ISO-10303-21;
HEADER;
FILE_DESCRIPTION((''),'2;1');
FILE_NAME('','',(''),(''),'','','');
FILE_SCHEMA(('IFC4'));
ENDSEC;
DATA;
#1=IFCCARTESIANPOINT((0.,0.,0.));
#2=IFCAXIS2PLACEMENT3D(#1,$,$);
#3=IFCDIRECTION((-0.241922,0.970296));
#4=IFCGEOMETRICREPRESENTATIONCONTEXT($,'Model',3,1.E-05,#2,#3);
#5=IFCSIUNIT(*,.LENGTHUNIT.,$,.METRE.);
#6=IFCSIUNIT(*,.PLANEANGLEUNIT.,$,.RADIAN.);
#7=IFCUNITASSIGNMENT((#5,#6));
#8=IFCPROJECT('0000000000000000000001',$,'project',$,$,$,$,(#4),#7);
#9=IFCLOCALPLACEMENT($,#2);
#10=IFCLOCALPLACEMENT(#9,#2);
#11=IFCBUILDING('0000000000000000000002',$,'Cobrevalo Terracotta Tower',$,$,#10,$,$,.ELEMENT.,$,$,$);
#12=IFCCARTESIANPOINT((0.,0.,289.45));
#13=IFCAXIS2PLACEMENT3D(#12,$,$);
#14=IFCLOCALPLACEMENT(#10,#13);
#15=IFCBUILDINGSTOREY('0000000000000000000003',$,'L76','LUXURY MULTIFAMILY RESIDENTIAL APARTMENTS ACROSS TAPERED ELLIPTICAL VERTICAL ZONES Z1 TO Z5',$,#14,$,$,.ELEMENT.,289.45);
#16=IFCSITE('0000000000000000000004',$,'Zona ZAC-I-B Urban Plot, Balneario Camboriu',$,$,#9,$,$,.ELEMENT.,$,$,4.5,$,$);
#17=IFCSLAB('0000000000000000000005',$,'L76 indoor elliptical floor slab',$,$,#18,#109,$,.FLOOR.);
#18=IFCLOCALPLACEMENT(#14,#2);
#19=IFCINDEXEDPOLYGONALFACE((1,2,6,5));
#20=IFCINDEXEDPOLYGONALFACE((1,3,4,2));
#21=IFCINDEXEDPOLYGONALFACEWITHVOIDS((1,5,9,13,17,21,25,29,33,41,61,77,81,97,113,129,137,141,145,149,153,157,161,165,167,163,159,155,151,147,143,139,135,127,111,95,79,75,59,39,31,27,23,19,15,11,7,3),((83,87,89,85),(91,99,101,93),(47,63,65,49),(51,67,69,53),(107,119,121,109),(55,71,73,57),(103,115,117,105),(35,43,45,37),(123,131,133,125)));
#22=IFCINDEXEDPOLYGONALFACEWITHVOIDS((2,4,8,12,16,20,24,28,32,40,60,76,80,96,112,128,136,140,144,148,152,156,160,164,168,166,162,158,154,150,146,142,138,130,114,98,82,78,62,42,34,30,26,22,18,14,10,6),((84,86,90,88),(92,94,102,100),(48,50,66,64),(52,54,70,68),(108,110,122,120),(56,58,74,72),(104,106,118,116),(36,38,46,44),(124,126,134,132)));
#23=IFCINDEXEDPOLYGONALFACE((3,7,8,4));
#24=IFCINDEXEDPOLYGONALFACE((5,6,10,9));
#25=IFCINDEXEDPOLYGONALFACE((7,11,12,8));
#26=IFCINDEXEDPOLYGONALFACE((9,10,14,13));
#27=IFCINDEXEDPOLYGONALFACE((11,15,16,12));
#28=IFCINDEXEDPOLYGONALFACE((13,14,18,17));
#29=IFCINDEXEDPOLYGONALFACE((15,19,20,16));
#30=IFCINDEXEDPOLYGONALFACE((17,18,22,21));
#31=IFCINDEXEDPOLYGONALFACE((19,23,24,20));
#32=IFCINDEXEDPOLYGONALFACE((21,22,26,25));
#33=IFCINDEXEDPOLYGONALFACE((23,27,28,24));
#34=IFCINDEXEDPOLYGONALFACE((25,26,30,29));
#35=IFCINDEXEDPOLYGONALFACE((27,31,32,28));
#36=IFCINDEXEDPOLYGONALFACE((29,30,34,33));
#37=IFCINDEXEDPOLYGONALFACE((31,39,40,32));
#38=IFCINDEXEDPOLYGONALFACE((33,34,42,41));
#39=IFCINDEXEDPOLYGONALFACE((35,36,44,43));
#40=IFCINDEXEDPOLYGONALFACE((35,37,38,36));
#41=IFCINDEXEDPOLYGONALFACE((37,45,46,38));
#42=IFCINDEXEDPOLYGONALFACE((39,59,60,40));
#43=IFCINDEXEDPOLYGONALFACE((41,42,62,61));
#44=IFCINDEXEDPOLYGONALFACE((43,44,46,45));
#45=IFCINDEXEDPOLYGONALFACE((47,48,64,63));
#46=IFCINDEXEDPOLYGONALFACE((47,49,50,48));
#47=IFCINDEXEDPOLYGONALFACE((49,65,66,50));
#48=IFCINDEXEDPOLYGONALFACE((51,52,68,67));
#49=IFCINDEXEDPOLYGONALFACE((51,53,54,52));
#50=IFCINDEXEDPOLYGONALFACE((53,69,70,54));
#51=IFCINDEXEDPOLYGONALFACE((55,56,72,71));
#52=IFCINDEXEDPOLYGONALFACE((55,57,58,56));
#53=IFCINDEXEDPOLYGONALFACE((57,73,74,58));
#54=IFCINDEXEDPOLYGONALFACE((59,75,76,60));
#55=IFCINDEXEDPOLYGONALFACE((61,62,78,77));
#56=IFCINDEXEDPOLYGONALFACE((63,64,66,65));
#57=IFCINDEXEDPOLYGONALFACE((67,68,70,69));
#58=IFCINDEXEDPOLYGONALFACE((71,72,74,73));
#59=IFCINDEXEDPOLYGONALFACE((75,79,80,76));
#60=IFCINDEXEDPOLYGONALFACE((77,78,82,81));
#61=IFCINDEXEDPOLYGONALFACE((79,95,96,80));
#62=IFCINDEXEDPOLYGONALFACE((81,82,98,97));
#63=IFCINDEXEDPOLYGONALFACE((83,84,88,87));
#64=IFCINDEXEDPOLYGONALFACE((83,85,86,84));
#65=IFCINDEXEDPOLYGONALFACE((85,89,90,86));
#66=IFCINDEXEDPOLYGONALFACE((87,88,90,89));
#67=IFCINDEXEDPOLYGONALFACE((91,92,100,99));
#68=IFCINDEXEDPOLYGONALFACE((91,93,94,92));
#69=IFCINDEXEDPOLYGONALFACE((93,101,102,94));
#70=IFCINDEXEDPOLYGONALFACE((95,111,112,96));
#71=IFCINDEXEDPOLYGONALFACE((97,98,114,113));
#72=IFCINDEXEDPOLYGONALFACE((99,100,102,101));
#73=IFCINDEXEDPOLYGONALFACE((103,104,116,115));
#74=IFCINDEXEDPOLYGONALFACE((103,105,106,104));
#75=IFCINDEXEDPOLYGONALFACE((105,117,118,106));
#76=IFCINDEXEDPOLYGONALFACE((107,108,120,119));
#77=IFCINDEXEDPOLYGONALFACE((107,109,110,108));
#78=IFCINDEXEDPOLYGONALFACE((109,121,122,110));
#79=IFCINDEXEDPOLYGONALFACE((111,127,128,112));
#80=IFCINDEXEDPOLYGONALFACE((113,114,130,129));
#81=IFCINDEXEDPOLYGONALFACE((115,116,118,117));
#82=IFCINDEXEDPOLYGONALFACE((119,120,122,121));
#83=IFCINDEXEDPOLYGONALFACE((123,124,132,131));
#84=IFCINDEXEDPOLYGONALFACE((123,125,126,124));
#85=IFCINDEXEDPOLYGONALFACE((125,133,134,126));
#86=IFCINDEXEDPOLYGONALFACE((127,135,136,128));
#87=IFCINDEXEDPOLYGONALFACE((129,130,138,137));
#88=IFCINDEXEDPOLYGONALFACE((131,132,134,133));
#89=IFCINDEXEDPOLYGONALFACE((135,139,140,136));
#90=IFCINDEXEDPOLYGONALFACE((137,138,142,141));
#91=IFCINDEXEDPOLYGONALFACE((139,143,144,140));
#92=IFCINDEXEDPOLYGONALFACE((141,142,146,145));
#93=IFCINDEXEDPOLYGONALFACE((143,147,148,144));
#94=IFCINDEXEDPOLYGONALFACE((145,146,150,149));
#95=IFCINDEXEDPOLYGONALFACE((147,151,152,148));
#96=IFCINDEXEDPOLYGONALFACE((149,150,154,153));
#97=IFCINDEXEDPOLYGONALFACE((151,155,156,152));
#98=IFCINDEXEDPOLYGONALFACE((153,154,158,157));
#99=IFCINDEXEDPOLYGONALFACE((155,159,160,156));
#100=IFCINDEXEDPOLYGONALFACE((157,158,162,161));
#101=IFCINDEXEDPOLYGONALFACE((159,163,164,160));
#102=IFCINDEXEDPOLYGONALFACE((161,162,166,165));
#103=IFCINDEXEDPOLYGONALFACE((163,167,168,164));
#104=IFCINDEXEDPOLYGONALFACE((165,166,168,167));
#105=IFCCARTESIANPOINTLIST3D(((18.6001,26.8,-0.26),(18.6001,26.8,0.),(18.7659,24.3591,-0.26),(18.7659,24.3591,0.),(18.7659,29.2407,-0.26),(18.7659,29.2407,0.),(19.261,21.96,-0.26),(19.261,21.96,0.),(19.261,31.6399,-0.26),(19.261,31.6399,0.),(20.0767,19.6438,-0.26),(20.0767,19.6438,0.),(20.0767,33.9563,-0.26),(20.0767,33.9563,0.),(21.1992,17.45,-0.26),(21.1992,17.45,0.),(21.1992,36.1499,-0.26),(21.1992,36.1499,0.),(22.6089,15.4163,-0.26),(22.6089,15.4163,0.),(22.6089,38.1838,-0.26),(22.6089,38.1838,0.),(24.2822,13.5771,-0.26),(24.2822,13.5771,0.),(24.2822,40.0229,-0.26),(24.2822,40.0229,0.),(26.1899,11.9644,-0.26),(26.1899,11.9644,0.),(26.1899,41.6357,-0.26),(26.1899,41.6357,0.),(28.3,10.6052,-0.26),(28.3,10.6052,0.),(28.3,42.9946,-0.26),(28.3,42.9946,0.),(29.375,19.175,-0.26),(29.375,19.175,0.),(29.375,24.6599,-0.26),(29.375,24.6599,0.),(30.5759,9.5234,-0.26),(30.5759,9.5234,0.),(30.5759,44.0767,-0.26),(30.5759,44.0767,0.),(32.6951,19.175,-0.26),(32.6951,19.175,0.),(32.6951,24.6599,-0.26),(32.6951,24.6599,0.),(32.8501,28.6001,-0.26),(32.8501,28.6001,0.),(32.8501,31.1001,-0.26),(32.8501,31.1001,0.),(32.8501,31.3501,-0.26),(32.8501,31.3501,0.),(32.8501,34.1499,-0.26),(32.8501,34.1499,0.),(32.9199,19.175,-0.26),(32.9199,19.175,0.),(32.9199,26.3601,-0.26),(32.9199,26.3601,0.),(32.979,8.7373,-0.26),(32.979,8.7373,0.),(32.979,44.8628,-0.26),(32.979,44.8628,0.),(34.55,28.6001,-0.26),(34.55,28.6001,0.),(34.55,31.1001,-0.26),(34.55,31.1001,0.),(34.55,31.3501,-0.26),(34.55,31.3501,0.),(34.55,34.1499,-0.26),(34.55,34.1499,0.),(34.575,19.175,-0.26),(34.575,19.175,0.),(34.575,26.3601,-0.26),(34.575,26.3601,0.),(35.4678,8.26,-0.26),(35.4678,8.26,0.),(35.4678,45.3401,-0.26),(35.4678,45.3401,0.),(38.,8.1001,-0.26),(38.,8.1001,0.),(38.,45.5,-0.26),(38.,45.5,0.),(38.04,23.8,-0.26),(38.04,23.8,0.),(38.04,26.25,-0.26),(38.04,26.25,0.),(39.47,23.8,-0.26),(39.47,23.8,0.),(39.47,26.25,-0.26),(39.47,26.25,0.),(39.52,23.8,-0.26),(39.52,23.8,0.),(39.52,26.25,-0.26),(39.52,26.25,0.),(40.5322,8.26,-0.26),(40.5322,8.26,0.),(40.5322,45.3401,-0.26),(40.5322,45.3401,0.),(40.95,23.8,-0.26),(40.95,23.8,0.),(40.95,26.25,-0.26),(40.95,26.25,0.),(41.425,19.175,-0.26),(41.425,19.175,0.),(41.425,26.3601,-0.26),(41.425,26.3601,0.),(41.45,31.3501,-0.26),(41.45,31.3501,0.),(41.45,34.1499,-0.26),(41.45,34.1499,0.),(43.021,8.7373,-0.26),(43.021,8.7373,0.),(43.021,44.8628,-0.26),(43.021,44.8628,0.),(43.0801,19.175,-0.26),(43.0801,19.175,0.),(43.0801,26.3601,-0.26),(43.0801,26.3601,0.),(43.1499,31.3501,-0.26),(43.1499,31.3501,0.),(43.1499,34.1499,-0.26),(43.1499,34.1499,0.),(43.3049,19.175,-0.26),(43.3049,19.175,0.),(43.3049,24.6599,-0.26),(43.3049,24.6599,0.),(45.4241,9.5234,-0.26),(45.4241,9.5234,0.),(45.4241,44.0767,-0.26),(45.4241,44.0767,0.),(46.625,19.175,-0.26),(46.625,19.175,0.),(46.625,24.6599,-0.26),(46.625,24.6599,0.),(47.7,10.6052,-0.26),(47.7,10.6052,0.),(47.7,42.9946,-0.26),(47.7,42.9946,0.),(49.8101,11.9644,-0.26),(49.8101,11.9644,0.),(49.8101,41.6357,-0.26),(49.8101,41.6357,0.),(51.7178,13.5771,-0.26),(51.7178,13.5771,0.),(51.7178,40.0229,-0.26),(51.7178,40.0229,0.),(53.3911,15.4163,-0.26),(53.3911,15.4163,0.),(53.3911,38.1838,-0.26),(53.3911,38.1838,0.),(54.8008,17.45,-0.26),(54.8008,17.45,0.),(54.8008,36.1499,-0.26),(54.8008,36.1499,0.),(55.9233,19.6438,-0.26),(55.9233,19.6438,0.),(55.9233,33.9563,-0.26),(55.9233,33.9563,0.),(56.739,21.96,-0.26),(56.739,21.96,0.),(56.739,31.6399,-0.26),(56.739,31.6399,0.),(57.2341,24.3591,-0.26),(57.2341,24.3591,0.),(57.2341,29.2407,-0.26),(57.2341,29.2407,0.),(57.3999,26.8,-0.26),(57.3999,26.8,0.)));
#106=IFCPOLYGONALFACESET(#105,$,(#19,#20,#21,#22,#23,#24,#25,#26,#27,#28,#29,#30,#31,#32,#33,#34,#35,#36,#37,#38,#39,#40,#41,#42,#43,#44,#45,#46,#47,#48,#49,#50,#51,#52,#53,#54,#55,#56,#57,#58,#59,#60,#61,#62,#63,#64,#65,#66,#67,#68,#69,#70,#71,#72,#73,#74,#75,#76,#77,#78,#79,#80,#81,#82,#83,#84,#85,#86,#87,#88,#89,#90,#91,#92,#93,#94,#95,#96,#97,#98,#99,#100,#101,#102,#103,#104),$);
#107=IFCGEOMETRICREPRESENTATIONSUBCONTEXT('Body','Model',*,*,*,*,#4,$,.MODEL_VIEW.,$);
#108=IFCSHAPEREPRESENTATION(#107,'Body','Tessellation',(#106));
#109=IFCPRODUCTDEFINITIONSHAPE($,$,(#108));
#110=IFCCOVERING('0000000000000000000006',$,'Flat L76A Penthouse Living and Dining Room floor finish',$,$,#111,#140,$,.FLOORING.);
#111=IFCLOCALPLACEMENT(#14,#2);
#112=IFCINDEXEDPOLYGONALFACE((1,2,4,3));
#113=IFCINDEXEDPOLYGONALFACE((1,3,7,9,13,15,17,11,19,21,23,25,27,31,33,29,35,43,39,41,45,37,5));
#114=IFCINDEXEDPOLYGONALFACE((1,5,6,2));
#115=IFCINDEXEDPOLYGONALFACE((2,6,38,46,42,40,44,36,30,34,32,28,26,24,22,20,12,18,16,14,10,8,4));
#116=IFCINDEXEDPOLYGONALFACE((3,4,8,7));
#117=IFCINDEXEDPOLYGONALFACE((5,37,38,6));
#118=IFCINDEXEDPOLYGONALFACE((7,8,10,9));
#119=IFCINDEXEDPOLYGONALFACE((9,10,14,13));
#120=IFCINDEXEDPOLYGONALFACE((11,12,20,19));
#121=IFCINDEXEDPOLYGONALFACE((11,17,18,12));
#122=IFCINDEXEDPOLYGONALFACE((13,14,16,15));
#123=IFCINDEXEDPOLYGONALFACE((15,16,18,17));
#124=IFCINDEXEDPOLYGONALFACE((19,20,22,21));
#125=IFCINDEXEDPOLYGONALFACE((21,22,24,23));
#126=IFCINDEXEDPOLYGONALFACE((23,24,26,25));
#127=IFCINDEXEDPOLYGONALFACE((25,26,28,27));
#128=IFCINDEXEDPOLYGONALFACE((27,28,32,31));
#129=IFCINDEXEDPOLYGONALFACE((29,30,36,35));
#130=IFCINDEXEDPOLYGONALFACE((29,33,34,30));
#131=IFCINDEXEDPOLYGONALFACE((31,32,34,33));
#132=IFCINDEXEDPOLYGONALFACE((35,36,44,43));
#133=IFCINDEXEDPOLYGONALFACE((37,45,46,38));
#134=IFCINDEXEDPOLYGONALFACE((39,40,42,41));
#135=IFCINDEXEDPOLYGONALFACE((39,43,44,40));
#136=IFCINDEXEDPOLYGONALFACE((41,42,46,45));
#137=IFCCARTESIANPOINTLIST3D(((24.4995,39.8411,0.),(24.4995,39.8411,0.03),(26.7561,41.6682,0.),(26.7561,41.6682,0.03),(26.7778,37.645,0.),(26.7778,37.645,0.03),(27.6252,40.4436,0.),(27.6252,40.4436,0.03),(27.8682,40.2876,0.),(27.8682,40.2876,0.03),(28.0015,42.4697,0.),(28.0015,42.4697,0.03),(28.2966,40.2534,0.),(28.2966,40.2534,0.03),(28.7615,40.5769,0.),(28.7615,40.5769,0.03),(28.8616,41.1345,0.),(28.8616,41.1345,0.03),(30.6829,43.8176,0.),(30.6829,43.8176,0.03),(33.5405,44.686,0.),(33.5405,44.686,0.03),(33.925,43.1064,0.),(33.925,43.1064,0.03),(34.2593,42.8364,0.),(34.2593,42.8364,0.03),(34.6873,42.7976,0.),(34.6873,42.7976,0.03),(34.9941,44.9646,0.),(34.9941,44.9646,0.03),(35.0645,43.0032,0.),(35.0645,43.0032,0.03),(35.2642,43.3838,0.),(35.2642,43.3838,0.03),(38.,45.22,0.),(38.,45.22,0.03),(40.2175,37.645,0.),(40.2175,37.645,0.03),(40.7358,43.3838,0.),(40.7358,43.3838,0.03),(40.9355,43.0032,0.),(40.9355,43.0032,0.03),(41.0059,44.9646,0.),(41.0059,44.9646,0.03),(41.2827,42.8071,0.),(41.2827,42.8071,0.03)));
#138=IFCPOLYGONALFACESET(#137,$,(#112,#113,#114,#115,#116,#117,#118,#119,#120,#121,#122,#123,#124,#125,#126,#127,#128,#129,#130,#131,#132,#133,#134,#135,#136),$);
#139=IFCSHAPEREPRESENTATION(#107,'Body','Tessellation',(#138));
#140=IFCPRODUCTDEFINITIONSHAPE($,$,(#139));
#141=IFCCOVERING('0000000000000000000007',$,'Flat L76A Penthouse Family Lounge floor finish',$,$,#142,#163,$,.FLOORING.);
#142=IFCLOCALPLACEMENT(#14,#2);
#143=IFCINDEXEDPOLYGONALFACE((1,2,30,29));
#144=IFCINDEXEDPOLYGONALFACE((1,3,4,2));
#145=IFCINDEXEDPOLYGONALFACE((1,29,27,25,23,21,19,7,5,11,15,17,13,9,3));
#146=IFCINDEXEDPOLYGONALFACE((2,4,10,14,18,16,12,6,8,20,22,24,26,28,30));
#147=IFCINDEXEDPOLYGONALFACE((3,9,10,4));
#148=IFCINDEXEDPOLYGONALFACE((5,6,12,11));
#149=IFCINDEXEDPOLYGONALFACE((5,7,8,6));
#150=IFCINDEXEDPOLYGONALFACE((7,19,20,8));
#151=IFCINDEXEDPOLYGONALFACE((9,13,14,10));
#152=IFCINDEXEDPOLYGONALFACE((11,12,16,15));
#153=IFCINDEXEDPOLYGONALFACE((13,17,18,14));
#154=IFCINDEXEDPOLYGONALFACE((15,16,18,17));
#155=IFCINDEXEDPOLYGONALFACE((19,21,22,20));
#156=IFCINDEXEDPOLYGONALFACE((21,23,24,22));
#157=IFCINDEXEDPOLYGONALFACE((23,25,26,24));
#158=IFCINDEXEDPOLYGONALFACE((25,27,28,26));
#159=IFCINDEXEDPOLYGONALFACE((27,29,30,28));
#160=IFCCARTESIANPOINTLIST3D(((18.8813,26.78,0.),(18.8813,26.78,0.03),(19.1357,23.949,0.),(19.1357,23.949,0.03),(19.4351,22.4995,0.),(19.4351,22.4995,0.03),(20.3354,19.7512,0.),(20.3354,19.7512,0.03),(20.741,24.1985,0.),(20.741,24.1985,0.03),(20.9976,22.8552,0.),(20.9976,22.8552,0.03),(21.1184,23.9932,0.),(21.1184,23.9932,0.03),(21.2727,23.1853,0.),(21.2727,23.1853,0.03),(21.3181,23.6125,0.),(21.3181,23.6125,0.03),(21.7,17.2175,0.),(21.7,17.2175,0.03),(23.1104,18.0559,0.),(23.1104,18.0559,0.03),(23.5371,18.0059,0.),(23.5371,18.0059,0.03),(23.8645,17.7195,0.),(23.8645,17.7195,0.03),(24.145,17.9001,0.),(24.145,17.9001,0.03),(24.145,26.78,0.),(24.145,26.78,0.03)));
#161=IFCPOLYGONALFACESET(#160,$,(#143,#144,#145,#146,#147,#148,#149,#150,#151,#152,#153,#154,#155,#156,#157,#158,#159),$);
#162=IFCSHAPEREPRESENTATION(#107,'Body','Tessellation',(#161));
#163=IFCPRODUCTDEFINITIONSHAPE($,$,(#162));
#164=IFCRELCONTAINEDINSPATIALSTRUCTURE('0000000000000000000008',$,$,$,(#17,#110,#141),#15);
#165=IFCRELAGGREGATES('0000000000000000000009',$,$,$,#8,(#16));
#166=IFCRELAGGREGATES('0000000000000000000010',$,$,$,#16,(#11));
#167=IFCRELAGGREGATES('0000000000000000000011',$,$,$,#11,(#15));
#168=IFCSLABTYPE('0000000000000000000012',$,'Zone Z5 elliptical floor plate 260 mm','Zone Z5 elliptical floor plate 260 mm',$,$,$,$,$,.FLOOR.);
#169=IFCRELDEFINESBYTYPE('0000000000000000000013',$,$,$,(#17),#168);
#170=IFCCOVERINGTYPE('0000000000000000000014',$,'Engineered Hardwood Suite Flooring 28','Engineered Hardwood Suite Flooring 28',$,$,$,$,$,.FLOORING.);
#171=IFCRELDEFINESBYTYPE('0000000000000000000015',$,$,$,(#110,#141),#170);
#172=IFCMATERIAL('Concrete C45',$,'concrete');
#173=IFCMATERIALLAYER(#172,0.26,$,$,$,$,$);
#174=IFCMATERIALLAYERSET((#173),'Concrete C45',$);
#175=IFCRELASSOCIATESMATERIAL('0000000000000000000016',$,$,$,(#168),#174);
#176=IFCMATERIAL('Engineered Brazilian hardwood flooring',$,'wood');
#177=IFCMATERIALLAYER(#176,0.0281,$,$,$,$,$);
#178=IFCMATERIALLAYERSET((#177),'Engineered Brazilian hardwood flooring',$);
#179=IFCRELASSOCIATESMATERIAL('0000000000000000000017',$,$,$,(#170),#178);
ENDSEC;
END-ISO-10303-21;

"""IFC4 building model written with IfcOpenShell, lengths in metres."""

from ifc_helpers import new_model, si_unit, direction, frame, origin, place, context, subcontext, project, spatial, polyline, outline, extrude, material, layer, layer_set, type_object, element, save


model = new_model("IFC4")

# Units and contexts
model_context = context("Model", 3, precision=1e-05, world=origin(), true_north=direction((-0.241922, 0.970296)))
body_context = subcontext(model_context, "Body", "Model", "MODEL_VIEW")
ifc_project = project(units=[si_unit("LENGTHUNIT", "METRE"), si_unit("PLANEANGLEUNIT", "RADIAN")], contexts=[model_context])

# Site, building, storey
site_placement = place(None, origin())
site = spatial("IfcSite", under=ifc_project, at=site_placement, Name="Zona ZAC-I-B Urban Plot, Balneario Camboriu", CompositionType="ELEMENT", RefElevation=4.5)
building_placement = place(site_placement, origin())
building = spatial("IfcBuilding", under=site, at=building_placement, Name="Cobrevalo Terracotta Tower", CompositionType="ELEMENT")
storey_placement = place(building_placement, frame((0.0, 0.0, 289.45)))
storey = spatial("IfcBuildingStorey", under=building, at=storey_placement, Name="L76", Description="LUXURY MULTIFAMILY RESIDENTIAL APARTMENTS ACROSS TAPERED ELLIPTICAL VERTICAL ZONES Z1 TO Z5", CompositionType="ELEMENT", Elevation=289.45)

# Slab
ifc_material_1 = material(Name="Concrete C45", Category="concrete")
ifc_layer_1 = layer(ifc_material_1, 0.26)
ifc_layer_set_1 = layer_set([ifc_layer_1], Name="Concrete C45")
slab_type_1 = type_object("IfcSlabType", Name="Zone Z5 elliptical floor plate 260 mm", Description="Zone Z5 elliptical floor plate 260 mm", PredefinedType="FLOOR", material=ifc_layer_set_1)
slab_1_placement = place(storey_placement, frame((0.0, 0.0, -0.26)))
element("IfcSlab", 1, at=slab_1_placement, inside=storey, type_object=slab_type_1, Name="L76 indoor elliptical floor slab", PredefinedType="FLOOR", context=body_context, shape_type="SweptSolid", body=[
    extrude(outline(polyline([(57.2341, 24.3591), (56.739, 21.96), (55.9233, 19.6438), (54.8008, 17.45), (53.3911, 15.4163), (51.7178, 13.5771), (49.8101, 11.9644), (47.7, 10.6052), (45.4241, 9.5234), (43.021, 8.7373), (40.5322, 8.26), (38.0, 8.1001), (35.4678, 8.26), (32.979, 8.7373), (30.5759, 9.5234), (28.3, 10.6052), (26.1899, 11.9644), (24.2822, 13.5771), (22.6089, 15.4163), (21.1992, 17.45), (20.0767, 19.6438), (19.261, 21.96), (18.7659, 24.3591), (18.6001, 26.8), (18.7659, 29.2407), (19.261, 31.6399), (20.0767, 33.9563), (21.1992, 36.1499), (22.6089, 38.1838), (24.2822, 40.0229), (26.1899, 41.6357), (28.3, 42.9946), (30.5759, 44.0767), (32.979, 44.8628), (35.4678, 45.3401), (38.0, 45.5), (40.5322, 45.3401), (43.021, 44.8628), (45.4241, 44.0767), (47.7, 42.9946), (49.8101, 41.6357), (51.7178, 40.0229), (53.3911, 38.1838), (54.8008, 36.1499), (55.9233, 33.9563), (56.739, 31.6399), (57.2341, 29.2407), (57.3999, 26.8), (57.2341, 24.3591)]), holes=[polyline([(32.6951, 19.175), (32.6951, 24.6599), (29.375, 24.6599), (29.375, 19.175), (32.6951, 19.175)]), polyline([(46.625, 19.175), (46.625, 24.6599), (43.3049, 24.6599), (43.3049, 19.175), (46.625, 19.175)]), polyline([(34.575, 26.3601), (32.9199, 26.3601), (32.9199, 19.175), (34.575, 19.175), (34.575, 26.3601)]), polyline([(43.0801, 26.3601), (41.425, 26.3601), (41.425, 19.175), (43.0801, 19.175), (43.0801, 26.3601)]), polyline([(39.47, 26.25), (38.04, 26.25), (38.04, 23.8), (39.47, 23.8), (39.47, 26.25)]), polyline([(40.95, 26.25), (39.52, 26.25), (39.52, 23.8), (40.95, 23.8), (40.95, 26.25)]), polyline([(34.55, 31.1001), (32.8501, 31.1001), (32.8501, 28.6001), (34.55, 28.6001), (34.55, 31.1001)]), polyline([(34.55, 31.3501), (34.55, 34.1499), (32.8501, 34.1499), (32.8501, 31.3501), (34.55, 31.3501)]), polyline([(43.1499, 31.3501), (43.1499, 34.1499), (41.45, 34.1499), (41.45, 31.3501), (43.1499, 31.3501)])]), origin(), (0.0, 0.0, 1.0), 0.26),
])

# Coverings
ifc_material_2 = material(Name="Engineered Brazilian hardwood flooring", Category="wood")
ifc_layer_2 = layer(ifc_material_2, 0.0281)
ifc_layer_set_2 = layer_set([ifc_layer_2], Name="Engineered Brazilian hardwood flooring")
covering_type_1 = type_object("IfcCoveringType", Name="Engineered Hardwood Suite Flooring 28", Description="Engineered Hardwood Suite Flooring 28", PredefinedType="FLOORING", material=ifc_layer_set_2)
covering_1_placement = place(storey_placement, origin())
element("IfcCovering", 2, at=covering_1_placement, inside=storey, type_object=covering_type_1, Name="Flat L76A Penthouse Living and Dining Room floor finish", PredefinedType="FLOORING", context=body_context, shape_type="SweptSolid", body=[
    extrude(outline(polyline([(26.7561, 41.6682), (27.6252, 40.4436), (27.8682, 40.2876), (28.2966, 40.2534), (28.7615, 40.5769), (28.8616, 41.1345), (28.0015, 42.4697), (30.6829, 43.8176), (33.5405, 44.686), (33.925, 43.1064), (34.2593, 42.8364), (34.6873, 42.7976), (35.0645, 43.0032), (35.2642, 43.3838), (34.9941, 44.9646), (38.0, 45.22), (41.0059, 44.9646), (40.7358, 43.3838), (40.9355, 43.0032), (41.2827, 42.8071), (40.2175, 37.645), (26.7778, 37.645), (24.4995, 39.8411), (26.7561, 41.6682)])), origin(), (0.0, 0.0, 1.0), 0.03),
])
covering_2_placement = place(storey_placement, origin())
element("IfcCovering", 3, at=covering_2_placement, inside=storey, type_object=covering_type_1, Name="Flat L76A Penthouse Family Lounge floor finish", PredefinedType="FLOORING", context=body_context, shape_type="SweptSolid", body=[
    extrude(outline(polyline([(20.3354, 19.7512), (19.4351, 22.4995), (20.9976, 22.8552), (21.2727, 23.1853), (21.3181, 23.6125), (21.1184, 23.9932), (20.741, 24.1985), (19.1357, 23.949), (18.8813, 26.78), (24.145, 26.78), (24.145, 17.9001), (23.8645, 17.7195), (23.5371, 18.0059), (23.1104, 18.0559), (21.7, 17.2175), (20.3354, 19.7512)])), origin(), (0.0, 0.0, 1.0), 0.03),
])

save(model, "model.ifc")
